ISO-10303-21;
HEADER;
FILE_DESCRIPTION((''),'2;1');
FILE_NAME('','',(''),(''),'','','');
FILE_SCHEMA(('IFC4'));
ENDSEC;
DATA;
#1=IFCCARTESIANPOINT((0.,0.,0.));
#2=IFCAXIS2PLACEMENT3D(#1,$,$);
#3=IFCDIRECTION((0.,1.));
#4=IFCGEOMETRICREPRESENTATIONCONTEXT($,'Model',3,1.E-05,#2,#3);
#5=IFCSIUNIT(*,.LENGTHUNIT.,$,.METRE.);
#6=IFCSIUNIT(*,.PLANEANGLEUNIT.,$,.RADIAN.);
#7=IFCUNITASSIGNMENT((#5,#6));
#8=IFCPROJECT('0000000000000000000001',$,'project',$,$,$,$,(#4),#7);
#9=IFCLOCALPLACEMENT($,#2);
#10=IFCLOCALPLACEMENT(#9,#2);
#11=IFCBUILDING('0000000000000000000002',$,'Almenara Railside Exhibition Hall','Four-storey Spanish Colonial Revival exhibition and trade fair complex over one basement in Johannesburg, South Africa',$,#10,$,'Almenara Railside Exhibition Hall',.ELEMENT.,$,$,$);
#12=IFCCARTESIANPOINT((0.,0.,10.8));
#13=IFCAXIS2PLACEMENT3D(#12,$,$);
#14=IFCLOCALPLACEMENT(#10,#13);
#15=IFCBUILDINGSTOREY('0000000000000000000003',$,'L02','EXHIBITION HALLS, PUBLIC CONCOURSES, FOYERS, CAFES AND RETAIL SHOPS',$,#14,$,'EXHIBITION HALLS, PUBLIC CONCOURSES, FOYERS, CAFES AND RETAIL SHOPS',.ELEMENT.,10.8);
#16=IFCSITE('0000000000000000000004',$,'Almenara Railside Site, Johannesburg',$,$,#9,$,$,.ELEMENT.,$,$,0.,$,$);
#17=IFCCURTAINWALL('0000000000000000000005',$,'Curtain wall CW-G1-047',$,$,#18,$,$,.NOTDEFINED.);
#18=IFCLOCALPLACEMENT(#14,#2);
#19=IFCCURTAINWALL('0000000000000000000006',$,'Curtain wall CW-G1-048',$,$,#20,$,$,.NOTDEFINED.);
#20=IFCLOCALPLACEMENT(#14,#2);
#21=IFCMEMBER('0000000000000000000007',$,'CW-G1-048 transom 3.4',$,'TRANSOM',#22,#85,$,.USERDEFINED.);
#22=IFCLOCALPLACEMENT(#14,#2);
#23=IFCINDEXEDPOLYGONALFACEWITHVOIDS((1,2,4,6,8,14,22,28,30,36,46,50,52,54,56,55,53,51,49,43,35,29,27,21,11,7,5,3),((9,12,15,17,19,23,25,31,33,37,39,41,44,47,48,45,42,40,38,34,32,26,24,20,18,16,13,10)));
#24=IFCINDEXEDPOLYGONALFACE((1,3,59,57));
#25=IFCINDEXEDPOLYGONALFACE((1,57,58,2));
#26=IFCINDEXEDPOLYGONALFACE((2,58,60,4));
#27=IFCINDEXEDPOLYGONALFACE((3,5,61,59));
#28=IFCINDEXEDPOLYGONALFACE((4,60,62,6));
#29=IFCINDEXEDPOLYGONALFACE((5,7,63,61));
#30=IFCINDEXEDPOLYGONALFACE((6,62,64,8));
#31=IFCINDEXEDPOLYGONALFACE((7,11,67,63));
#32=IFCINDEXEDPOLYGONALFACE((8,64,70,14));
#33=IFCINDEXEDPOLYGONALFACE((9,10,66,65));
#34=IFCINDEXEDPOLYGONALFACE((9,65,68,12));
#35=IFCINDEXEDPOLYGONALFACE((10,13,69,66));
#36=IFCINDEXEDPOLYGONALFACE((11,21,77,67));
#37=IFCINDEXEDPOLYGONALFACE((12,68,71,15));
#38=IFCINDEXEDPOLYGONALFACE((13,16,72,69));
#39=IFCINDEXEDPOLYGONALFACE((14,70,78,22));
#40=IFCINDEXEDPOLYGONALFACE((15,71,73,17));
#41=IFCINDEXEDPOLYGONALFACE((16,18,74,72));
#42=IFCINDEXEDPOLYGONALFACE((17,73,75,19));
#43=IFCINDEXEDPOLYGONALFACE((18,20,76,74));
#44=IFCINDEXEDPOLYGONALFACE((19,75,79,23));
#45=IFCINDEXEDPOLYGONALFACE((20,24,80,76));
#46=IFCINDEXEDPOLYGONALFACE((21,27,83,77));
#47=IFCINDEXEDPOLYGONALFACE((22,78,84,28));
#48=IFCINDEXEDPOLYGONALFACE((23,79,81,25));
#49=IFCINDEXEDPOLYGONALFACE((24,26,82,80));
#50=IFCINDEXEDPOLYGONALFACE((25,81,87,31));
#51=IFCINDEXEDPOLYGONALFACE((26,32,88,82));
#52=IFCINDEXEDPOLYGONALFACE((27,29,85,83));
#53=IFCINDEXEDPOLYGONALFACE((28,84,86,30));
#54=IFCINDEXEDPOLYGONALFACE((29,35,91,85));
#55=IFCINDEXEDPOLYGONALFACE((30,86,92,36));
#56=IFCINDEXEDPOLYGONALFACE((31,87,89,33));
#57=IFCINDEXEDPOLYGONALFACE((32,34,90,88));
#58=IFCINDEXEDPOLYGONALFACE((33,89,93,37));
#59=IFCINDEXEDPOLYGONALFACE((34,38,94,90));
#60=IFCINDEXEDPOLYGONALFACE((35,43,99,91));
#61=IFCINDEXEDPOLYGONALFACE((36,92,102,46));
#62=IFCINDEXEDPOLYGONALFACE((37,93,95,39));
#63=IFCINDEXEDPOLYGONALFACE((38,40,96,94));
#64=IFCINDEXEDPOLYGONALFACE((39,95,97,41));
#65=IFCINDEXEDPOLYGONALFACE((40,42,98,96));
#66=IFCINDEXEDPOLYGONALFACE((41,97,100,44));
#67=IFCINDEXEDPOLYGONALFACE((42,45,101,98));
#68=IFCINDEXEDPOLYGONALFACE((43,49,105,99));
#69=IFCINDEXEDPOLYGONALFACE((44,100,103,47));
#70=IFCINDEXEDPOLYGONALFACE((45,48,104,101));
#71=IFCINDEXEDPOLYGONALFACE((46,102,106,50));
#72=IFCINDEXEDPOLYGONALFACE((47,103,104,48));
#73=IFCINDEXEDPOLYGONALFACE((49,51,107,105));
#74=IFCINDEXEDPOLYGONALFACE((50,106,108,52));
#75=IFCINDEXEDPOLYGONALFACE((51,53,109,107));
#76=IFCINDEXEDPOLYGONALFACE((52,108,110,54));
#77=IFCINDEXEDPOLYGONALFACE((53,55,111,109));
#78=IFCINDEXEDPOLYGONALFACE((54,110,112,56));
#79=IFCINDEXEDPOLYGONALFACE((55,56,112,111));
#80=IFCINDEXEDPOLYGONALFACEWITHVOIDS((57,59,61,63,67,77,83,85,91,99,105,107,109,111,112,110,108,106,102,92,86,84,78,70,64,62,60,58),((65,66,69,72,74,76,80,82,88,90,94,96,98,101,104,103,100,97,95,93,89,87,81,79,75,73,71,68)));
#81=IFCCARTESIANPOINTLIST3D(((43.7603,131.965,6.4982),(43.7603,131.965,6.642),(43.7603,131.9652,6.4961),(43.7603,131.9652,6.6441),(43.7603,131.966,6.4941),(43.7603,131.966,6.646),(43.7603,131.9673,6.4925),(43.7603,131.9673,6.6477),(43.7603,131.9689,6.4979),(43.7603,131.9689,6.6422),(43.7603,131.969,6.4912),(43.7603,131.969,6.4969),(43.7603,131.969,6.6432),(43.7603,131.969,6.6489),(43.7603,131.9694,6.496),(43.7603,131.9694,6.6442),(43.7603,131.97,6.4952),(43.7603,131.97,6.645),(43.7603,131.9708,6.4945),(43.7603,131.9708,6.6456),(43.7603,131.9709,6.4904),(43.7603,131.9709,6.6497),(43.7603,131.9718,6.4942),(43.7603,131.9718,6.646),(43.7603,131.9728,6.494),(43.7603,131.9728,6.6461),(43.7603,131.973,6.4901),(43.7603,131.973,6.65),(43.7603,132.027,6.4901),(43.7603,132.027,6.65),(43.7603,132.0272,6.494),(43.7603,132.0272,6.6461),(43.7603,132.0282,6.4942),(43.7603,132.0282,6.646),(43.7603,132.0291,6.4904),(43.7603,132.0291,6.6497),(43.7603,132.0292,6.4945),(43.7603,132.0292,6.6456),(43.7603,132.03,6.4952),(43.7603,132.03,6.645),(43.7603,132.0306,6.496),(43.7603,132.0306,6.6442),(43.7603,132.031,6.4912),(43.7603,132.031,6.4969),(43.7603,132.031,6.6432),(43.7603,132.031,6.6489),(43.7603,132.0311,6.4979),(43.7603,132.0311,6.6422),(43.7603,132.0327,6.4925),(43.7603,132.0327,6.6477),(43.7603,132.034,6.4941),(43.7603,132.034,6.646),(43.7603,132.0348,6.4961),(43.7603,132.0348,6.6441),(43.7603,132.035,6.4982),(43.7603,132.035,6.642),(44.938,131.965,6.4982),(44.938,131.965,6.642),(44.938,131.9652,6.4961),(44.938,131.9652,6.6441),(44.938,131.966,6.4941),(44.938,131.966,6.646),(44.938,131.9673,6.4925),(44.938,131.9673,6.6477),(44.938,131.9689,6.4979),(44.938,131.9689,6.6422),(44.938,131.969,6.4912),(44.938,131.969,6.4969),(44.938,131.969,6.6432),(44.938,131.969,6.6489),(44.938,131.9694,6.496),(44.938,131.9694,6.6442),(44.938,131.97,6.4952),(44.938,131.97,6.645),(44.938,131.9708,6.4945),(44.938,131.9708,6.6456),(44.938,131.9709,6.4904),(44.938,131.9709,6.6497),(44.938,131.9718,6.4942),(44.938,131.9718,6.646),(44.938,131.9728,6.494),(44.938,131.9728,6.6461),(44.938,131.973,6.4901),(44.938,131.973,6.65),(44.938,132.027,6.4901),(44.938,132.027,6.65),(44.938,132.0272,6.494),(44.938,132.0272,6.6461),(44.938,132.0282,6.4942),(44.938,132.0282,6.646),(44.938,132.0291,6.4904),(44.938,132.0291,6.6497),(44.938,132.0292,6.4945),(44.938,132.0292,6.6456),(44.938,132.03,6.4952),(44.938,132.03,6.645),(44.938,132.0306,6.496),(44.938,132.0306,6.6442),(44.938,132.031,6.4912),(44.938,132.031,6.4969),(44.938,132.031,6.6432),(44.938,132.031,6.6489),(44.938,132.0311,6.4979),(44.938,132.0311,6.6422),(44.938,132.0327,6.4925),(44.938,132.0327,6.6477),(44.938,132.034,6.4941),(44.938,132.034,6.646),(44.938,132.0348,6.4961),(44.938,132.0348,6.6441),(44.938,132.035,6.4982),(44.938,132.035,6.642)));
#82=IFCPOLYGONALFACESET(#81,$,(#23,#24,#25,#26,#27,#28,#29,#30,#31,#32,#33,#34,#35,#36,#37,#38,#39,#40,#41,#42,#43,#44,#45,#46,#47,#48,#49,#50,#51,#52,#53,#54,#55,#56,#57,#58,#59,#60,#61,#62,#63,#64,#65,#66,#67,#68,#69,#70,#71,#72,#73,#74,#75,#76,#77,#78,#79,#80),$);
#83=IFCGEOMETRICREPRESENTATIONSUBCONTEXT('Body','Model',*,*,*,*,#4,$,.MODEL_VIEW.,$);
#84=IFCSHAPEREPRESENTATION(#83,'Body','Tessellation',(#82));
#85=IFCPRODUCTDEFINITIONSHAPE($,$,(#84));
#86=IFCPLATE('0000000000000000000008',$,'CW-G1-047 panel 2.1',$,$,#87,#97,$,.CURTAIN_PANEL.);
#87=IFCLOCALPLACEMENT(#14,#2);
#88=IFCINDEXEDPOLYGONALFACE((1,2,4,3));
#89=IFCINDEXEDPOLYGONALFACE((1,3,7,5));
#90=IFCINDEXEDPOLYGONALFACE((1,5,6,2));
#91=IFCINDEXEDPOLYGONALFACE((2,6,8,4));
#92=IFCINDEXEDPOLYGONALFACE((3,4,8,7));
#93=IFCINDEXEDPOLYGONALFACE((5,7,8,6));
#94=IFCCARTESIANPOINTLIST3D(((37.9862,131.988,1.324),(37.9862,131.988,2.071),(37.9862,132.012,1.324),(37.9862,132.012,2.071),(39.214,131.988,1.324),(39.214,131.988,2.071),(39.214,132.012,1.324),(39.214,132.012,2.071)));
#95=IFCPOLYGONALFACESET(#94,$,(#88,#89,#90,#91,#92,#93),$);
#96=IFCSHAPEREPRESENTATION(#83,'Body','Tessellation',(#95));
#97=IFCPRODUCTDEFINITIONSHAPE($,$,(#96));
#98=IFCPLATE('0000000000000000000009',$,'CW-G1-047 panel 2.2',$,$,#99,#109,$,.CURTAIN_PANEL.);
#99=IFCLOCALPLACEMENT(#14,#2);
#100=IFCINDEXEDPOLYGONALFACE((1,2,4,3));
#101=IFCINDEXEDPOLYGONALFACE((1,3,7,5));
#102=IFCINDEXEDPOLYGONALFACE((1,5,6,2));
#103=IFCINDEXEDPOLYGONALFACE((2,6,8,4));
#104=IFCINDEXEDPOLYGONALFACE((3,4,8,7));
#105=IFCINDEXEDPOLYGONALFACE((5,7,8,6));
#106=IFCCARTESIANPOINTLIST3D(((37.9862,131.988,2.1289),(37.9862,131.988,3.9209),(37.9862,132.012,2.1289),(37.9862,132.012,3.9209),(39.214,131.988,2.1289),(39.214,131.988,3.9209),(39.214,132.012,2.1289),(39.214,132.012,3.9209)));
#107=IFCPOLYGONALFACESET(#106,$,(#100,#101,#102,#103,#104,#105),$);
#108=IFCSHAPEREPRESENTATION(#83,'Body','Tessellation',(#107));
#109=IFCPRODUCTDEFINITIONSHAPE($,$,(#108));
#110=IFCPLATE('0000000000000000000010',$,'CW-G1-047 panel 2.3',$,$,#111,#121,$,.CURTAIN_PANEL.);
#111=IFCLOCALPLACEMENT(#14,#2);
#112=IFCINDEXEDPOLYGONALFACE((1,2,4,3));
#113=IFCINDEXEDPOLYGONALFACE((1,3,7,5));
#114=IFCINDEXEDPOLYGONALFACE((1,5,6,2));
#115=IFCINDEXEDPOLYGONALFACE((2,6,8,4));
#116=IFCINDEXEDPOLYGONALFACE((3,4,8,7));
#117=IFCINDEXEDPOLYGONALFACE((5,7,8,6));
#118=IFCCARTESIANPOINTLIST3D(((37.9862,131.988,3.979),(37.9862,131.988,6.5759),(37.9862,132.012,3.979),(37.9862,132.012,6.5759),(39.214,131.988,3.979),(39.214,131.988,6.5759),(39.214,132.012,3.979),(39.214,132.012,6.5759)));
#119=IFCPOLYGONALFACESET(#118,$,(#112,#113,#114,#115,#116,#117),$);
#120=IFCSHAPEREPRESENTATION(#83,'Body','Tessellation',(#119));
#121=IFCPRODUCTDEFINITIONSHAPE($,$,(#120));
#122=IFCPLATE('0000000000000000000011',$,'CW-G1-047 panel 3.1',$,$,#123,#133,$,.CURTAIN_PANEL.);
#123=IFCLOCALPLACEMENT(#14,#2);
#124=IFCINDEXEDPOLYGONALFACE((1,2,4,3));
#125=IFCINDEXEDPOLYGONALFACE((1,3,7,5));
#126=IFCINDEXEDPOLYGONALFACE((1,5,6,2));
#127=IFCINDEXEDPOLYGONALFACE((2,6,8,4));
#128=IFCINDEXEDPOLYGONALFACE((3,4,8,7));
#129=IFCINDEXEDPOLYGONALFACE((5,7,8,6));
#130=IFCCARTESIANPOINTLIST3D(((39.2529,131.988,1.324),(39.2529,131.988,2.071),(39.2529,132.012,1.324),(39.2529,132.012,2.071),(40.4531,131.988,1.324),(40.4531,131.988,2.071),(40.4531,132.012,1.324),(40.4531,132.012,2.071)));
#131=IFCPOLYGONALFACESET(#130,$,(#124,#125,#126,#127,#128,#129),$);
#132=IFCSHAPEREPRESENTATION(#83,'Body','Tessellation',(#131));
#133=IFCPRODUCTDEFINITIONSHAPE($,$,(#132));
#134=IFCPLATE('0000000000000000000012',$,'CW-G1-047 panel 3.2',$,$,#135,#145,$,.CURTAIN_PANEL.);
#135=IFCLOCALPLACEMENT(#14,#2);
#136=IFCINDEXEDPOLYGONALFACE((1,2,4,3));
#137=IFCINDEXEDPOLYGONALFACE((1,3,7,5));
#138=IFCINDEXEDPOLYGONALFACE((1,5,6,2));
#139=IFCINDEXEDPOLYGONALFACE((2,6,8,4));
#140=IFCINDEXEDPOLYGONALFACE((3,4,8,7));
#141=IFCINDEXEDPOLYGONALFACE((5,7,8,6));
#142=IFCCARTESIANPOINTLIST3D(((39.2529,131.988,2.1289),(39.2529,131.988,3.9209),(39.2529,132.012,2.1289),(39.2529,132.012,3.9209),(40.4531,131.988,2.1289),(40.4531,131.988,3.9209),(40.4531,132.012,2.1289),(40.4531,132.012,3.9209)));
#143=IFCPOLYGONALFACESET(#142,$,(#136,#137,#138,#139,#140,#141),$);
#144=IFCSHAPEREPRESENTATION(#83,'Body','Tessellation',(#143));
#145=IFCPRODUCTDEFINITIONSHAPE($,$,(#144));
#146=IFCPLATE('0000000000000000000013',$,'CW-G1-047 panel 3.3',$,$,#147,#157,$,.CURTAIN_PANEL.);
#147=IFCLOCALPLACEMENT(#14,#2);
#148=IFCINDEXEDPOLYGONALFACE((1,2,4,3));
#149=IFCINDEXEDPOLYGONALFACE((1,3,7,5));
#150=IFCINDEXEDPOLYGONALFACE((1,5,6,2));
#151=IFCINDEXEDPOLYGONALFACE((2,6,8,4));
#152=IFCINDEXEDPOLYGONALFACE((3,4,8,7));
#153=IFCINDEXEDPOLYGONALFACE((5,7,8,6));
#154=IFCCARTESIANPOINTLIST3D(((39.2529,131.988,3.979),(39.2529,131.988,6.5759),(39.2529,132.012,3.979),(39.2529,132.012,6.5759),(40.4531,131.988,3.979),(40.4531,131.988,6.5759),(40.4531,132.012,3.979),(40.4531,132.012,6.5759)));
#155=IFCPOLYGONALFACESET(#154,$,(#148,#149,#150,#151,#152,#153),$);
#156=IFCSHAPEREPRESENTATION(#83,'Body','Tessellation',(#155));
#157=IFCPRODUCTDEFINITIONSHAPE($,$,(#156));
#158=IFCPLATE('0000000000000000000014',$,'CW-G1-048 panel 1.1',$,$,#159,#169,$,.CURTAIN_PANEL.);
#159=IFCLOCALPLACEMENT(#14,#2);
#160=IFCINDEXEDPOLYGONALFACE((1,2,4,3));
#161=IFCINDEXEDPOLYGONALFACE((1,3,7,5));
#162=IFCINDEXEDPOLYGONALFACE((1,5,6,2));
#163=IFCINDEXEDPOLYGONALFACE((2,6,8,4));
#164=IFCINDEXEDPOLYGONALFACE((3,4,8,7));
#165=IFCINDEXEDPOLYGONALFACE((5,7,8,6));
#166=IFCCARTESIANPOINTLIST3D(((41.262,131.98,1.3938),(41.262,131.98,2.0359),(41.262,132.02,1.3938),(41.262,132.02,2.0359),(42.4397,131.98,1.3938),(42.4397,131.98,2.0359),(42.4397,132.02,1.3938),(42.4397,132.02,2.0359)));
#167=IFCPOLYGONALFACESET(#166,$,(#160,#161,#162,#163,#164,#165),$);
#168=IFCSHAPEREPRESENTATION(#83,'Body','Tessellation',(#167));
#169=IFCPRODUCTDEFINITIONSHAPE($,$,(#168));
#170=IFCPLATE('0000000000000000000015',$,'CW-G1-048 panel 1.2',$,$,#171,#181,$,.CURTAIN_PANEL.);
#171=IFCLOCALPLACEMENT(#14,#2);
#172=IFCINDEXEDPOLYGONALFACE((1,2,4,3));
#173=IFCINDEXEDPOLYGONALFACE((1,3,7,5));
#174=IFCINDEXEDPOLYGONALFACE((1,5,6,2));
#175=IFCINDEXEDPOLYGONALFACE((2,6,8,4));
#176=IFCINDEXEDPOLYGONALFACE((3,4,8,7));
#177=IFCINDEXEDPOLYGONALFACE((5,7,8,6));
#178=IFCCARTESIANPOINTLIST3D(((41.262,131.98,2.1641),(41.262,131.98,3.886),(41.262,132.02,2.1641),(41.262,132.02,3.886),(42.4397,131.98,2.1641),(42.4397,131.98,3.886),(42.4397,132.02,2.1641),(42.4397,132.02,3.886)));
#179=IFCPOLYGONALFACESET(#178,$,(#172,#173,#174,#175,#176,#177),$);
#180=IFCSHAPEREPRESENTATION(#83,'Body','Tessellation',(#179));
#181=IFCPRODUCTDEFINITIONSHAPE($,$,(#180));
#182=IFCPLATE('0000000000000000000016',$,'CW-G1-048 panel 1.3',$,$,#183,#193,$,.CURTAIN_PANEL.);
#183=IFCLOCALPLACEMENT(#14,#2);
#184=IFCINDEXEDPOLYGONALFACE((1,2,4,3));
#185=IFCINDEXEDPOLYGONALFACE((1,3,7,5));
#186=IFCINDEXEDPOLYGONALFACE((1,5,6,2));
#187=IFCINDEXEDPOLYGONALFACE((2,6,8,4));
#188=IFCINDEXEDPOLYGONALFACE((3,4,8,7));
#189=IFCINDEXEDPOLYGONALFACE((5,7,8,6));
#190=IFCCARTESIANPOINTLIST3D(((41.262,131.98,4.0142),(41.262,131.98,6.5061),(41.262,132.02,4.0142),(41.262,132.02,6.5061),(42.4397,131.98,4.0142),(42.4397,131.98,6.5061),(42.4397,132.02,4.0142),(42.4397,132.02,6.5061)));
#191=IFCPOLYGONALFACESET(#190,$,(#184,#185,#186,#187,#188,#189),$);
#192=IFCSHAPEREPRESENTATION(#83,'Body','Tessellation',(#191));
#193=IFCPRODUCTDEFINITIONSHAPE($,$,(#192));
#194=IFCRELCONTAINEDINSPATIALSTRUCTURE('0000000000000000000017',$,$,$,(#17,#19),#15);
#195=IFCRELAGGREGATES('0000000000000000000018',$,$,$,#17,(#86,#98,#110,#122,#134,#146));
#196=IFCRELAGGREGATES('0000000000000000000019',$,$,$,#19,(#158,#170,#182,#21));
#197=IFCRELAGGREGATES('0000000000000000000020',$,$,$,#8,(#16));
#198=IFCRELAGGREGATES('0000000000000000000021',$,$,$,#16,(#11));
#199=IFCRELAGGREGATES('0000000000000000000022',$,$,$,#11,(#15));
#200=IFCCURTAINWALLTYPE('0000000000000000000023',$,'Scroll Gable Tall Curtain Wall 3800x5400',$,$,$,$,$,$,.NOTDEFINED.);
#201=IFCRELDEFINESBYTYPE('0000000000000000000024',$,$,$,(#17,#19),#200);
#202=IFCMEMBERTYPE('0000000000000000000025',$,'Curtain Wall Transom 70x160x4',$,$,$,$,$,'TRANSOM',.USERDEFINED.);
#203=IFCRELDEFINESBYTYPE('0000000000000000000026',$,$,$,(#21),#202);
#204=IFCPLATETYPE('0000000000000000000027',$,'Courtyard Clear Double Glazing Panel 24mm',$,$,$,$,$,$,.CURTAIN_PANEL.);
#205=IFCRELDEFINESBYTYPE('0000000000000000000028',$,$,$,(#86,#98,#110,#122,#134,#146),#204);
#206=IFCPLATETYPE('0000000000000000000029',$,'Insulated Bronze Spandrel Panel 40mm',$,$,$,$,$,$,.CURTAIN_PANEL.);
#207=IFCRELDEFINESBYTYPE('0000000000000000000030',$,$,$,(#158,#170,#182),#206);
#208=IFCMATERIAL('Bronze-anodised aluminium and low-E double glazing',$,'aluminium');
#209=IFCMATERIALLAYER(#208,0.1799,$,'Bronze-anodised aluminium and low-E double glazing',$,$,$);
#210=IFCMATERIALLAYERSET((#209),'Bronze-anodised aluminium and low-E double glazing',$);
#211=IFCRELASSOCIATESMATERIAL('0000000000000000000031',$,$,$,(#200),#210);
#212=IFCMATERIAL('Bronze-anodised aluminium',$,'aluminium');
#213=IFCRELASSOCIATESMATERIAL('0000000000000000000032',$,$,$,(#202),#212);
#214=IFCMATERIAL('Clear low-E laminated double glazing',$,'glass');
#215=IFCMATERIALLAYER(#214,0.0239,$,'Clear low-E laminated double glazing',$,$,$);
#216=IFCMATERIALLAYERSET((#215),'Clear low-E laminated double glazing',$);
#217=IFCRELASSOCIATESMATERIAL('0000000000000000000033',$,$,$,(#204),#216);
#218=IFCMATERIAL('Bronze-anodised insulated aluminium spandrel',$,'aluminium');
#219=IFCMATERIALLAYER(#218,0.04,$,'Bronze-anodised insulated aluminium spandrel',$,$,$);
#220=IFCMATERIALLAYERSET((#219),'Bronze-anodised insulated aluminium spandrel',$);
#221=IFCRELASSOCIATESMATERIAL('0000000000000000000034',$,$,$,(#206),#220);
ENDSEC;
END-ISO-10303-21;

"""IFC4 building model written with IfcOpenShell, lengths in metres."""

from ifc_helpers import new_model, si_unit, direction, frame, origin, origin_2d, place, context, subcontext, project, spatial, rectangle, hollow_rectangle, extrude, material, layer, layer_set, material_profile, profile_set, type_object, element, aggregate, save


model = new_model("IFC4")

# Units and contexts
model_context = context("Model", 3, precision=1e-05, world=origin(), true_north=direction((0.0, 1.0)))
body_context = subcontext(model_context, "Body", "Model", "MODEL_VIEW")
ifc_project = project(units=[si_unit("LENGTHUNIT", "METRE"), si_unit("PLANEANGLEUNIT", "RADIAN")], contexts=[model_context])

# Site, building, storey
site_placement = place(None, origin())
site = spatial("IfcSite", under=ifc_project, at=site_placement, Name="Almenara Railside Site, Johannesburg", CompositionType="ELEMENT", RefElevation=0.0)
building_placement = place(site_placement, origin())
building = spatial("IfcBuilding", under=site, at=building_placement, Name="Almenara Railside Exhibition Hall", Description="Four-storey Spanish Colonial Revival exhibition and trade fair complex over one basement in Johannesburg, South Africa", LongName="Almenara Railside Exhibition Hall", CompositionType="ELEMENT")
storey_placement = place(building_placement, frame((0.0, 0.0, 10.8)))
storey = spatial("IfcBuildingStorey", under=building, at=storey_placement, Name="L02", Description="EXHIBITION HALLS, PUBLIC CONCOURSES, FOYERS, CAFES AND RETAIL SHOPS", LongName="EXHIBITION HALLS, PUBLIC CONCOURSES, FOYERS, CAFES AND RETAIL SHOPS", CompositionType="ELEMENT", Elevation=10.8)

# Curtain walls
ifc_material_1 = material(Name="Bronze-anodised aluminium and low-E double glazing", Category="aluminium")
ifc_layer_1 = layer(ifc_material_1, 0.1799, Name="Bronze-anodised aluminium and low-E double glazing")
ifc_layer_set_1 = layer_set([ifc_layer_1], Name="Bronze-anodised aluminium and low-E double glazing")
curtain_wall_type = type_object("IfcCurtainWallType", Name="Scroll Gable Tall Curtain Wall 3800x5400", PredefinedType="NOTDEFINED", material=ifc_layer_set_1)
curtain_wall_1_placement = place(storey_placement, origin())
curtain_wall_1 = element("IfcCurtainWall", 1, at=curtain_wall_1_placement, inside=storey, type_object=curtain_wall_type, Name="Curtain wall CW-G1-047", PredefinedType="NOTDEFINED")
ifc_material_2 = material(Name="Bronze-anodised aluminium", Category="aluminium")
curtain_wall_2_placement = place(storey_placement, origin())
curtain_wall_2 = element("IfcCurtainWall", 2, at=curtain_wall_2_placement, inside=storey, type_object=curtain_wall_type, Name="Curtain wall CW-G1-048", PredefinedType="NOTDEFINED")

# Member
ifc_material_profile_1 = material_profile(ifc_material_2, hollow_rectangle(XDim=0.0701, YDim=0.1599, WallThickness=0.0039, InnerFilletRadius=0.0039, OuterFilletRadius=0.0081, at=origin_2d()), Name="ALU-TRN 70x160x4")
ifc_profile_set_1 = profile_set([ifc_material_profile_1], Name="Bronze-anodised aluminium")
member_type_1 = type_object("IfcMemberType", Name="Curtain Wall Transom 70x160x4", ElementType="TRANSOM", PredefinedType="USERDEFINED", material=ifc_profile_set_1)
member_1_placement = place(storey_placement, frame((43.7603, 132.0, 6.5701), z_axis=(1.0, 0.0, 0.0), x_axis=(0.0, 1.0, 0.0)))
member_1 = element("IfcMember", 3, at=member_1_placement, type_object=member_type_1, Name="CW-G1-048 transom 3.4", ObjectType="TRANSOM", PredefinedType="USERDEFINED", context=body_context, shape_type="SweptSolid", body=[
    extrude(hollow_rectangle(XDim=0.0701, YDim=0.1599, WallThickness=0.0039, InnerFilletRadius=0.0039, OuterFilletRadius=0.0081, at=origin_2d()), origin(), (0.0, 0.0, 1.0), 1.1777),
])

# Plates
ifc_material_3 = material(Name="Clear low-E laminated double glazing", Category="glass")
ifc_layer_2 = layer(ifc_material_3, 0.0239, Name="Clear low-E laminated double glazing")
ifc_layer_set_2 = layer_set([ifc_layer_2], Name="Clear low-E laminated double glazing")
plate_type_1 = type_object("IfcPlateType", Name="Courtyard Clear Double Glazing Panel 24mm", PredefinedType="CURTAIN_PANEL", material=ifc_layer_set_2)
plate_1_placement = place(storey_placement, frame((38.6001, 132.0, 1.324), z_axis=(0.0, 0.0, 1.0), x_axis=(1.0, 0.0, 0.0)))
plate_1 = element("IfcPlate", 4, at=plate_1_placement, type_object=plate_type_1, Name="CW-G1-047 panel 2.1", PredefinedType="CURTAIN_PANEL", context=body_context, shape_type="SweptSolid", body=[
    extrude(rectangle(XDim=1.2278, YDim=0.0239, at=origin_2d()), origin(), (0.0, 0.0, 1.0), 0.7471),
])
plate_2_placement = place(storey_placement, frame((38.6001, 132.0, 2.1289), z_axis=(0.0, 0.0, 1.0), x_axis=(1.0, 0.0, 0.0)))
plate_2 = element("IfcPlate", 5, at=plate_2_placement, type_object=plate_type_1, Name="CW-G1-047 panel 2.2", PredefinedType="CURTAIN_PANEL", context=body_context, shape_type="SweptSolid", body=[
    extrude(rectangle(XDim=1.2278, YDim=0.0239, at=origin_2d()), origin(), (0.0, 0.0, 1.0), 1.792),
])
plate_3_placement = place(storey_placement, frame((38.6001, 132.0, 3.979), z_axis=(0.0, 0.0, 1.0), x_axis=(1.0, 0.0, 0.0)))
plate_3 = element("IfcPlate", 6, at=plate_3_placement, type_object=plate_type_1, Name="CW-G1-047 panel 2.3", PredefinedType="CURTAIN_PANEL", context=body_context, shape_type="SweptSolid", body=[
    extrude(rectangle(XDim=1.2278, YDim=0.0239, at=origin_2d()), origin(), (0.0, 0.0, 1.0), 2.5969),
])
plate_4_placement = place(storey_placement, frame((39.853, 132.0, 1.324), z_axis=(0.0, 0.0, 1.0), x_axis=(1.0, 0.0, 0.0)))
plate_4 = element("IfcPlate", 7, at=plate_4_placement, type_object=plate_type_1, Name="CW-G1-047 panel 3.1", PredefinedType="CURTAIN_PANEL", context=body_context, shape_type="SweptSolid", body=[
    extrude(rectangle(XDim=1.2002, YDim=0.0239, at=origin_2d()), origin(), (0.0, 0.0, 1.0), 0.7471),
])
plate_5_placement = place(storey_placement, frame((39.853, 132.0, 2.1289), z_axis=(0.0, 0.0, 1.0), x_axis=(1.0, 0.0, 0.0)))
plate_5 = element("IfcPlate", 8, at=plate_5_placement, type_object=plate_type_1, Name="CW-G1-047 panel 3.2", PredefinedType="CURTAIN_PANEL", context=body_context, shape_type="SweptSolid", body=[
    extrude(rectangle(XDim=1.2002, YDim=0.0239, at=origin_2d()), origin(), (0.0, 0.0, 1.0), 1.792),
])
plate_6_placement = place(storey_placement, frame((39.853, 132.0, 3.979), z_axis=(0.0, 0.0, 1.0), x_axis=(1.0, 0.0, 0.0)))
plate_6 = element("IfcPlate", 9, at=plate_6_placement, type_object=plate_type_1, Name="CW-G1-047 panel 3.3", PredefinedType="CURTAIN_PANEL", context=body_context, shape_type="SweptSolid", body=[
    extrude(rectangle(XDim=1.2002, YDim=0.0239, at=origin_2d()), origin(), (0.0, 0.0, 1.0), 2.5969),
])
aggregate(curtain_wall_1, [plate_1, plate_2, plate_3, plate_4, plate_5, plate_6])
ifc_material_4 = material(Name="Bronze-anodised insulated aluminium spandrel", Category="aluminium")
ifc_layer_3 = layer(ifc_material_4, 0.04, Name="Bronze-anodised insulated aluminium spandrel")
ifc_layer_set_3 = layer_set([ifc_layer_3], Name="Bronze-anodised insulated aluminium spandrel")
plate_type_2 = type_object("IfcPlateType", Name="Insulated Bronze Spandrel Panel 40mm", PredefinedType="CURTAIN_PANEL", material=ifc_layer_set_3)
plate_7_placement = place(storey_placement, frame((41.8508, 132.0, 1.3938), z_axis=(0.0, 0.0, 1.0), x_axis=(1.0, 0.0, 0.0)))
plate_7 = element("IfcPlate", 10, at=plate_7_placement, type_object=plate_type_2, Name="CW-G1-048 panel 1.1", PredefinedType="CURTAIN_PANEL", context=body_context, shape_type="SweptSolid", body=[
    extrude(rectangle(XDim=1.1777, YDim=0.04, at=origin_2d()), origin(), (0.0, 0.0, 1.0), 0.6421),
])
plate_8_placement = place(storey_placement, frame((41.8508, 132.0, 2.1641), z_axis=(0.0, 0.0, 1.0), x_axis=(1.0, 0.0, 0.0)))
plate_8 = element("IfcPlate", 11, at=plate_8_placement, type_object=plate_type_2, Name="CW-G1-048 panel 1.2", PredefinedType="CURTAIN_PANEL", context=body_context, shape_type="SweptSolid", body=[
    extrude(rectangle(XDim=1.1777, YDim=0.04, at=origin_2d()), origin(), (0.0, 0.0, 1.0), 1.7219),
])
plate_9_placement = place(storey_placement, frame((41.8508, 132.0, 4.0142), z_axis=(0.0, 0.0, 1.0), x_axis=(1.0, 0.0, 0.0)))
plate_9 = element("IfcPlate", 12, at=plate_9_placement, type_object=plate_type_2, Name="CW-G1-048 panel 1.3", PredefinedType="CURTAIN_PANEL", context=body_context, shape_type="SweptSolid", body=[
    extrude(rectangle(XDim=1.1777, YDim=0.04, at=origin_2d()), origin(), (0.0, 0.0, 1.0), 2.4919),
])
aggregate(curtain_wall_2, [plate_7, plate_8, plate_9, member_1])

save(model, "model.ifc")
